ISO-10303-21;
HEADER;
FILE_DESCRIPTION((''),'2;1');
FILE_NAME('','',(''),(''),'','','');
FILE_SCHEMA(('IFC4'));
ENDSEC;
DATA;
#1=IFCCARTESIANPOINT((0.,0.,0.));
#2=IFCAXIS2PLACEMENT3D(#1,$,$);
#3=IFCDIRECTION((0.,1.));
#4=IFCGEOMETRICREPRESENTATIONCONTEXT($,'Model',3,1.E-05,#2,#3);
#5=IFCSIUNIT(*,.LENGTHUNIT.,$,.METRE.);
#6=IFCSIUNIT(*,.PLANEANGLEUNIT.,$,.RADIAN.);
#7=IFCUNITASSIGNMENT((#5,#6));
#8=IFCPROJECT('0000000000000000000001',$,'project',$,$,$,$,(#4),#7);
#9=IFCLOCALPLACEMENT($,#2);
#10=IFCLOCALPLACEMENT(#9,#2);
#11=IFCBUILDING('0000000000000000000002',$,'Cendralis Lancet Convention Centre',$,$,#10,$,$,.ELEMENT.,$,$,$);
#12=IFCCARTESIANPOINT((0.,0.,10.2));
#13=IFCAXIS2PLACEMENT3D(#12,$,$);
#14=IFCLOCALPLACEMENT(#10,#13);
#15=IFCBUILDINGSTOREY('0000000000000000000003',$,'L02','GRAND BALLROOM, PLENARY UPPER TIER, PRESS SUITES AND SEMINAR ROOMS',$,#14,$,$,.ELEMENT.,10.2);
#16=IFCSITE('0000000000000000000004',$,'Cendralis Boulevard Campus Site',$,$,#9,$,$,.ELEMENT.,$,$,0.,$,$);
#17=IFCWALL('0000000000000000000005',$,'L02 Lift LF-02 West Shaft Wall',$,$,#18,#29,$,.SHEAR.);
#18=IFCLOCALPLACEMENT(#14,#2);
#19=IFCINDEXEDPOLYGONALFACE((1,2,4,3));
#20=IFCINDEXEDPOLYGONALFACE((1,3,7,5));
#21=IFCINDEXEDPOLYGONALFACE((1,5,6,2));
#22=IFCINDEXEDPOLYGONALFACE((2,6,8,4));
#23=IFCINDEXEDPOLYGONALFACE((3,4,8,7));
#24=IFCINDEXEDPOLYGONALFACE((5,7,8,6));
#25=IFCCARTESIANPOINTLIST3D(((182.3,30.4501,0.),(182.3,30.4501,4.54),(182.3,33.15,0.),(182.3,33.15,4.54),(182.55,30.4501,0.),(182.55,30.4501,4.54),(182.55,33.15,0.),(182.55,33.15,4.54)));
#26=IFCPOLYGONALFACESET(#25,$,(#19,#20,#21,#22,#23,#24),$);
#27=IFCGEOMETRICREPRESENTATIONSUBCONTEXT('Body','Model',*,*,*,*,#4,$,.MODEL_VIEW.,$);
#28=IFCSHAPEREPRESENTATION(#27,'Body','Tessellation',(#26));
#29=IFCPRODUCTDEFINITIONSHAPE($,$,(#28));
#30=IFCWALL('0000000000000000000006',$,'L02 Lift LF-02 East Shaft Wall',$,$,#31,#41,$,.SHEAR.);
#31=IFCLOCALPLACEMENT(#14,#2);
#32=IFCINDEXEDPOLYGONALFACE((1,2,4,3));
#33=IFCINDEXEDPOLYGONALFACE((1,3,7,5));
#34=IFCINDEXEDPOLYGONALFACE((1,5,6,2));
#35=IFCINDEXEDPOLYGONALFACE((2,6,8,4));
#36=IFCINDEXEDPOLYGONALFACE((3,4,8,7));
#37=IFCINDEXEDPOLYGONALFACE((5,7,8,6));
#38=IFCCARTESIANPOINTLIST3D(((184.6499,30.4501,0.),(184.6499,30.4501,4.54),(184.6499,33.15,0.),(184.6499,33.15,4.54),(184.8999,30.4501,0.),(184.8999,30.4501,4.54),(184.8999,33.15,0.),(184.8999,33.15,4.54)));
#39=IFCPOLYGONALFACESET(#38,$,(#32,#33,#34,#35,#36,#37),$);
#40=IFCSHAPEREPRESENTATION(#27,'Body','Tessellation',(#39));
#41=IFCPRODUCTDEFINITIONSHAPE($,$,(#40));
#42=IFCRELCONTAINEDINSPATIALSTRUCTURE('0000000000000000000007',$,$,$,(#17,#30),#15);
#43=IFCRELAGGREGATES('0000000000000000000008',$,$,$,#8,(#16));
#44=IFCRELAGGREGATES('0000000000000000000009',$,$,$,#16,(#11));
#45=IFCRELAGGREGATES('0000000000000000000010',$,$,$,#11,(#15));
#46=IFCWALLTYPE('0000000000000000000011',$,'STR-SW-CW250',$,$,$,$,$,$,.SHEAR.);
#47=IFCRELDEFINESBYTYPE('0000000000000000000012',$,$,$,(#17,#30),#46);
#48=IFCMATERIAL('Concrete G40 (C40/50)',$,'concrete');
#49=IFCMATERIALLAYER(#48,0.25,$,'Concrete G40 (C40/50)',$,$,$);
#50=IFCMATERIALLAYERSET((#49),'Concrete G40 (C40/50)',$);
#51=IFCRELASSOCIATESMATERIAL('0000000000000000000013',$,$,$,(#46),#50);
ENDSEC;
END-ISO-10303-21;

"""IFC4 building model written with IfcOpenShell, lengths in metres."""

from ifc_helpers import new_model, si_unit, direction, frame, frame_2d, origin, place, context, subcontext, project, spatial, rectangle, extrude, material, layer, layer_set, type_object, element, save


model = new_model("IFC4")

# Units and contexts
model_context = context("Model", 3, precision=1e-05, world=origin(), true_north=direction((0.0, 1.0)))
body_context = subcontext(model_context, "Body", "Model", "MODEL_VIEW")
ifc_project = project(units=[si_unit("LENGTHUNIT", "METRE"), si_unit("PLANEANGLEUNIT", "RADIAN")], contexts=[model_context])

# Site, building, storey
site_placement = place(None, origin())
site = spatial("IfcSite", under=ifc_project, at=site_placement, Name="Cendralis Boulevard Campus Site", CompositionType="ELEMENT", RefElevation=0.0)
building_placement = place(site_placement, origin())
building = spatial("IfcBuilding", under=site, at=building_placement, Name="Cendralis Lancet Convention Centre", CompositionType="ELEMENT")
storey_placement = place(building_placement, frame((0.0, 0.0, 10.2)))
storey = spatial("IfcBuildingStorey", under=building, at=storey_placement, Name="L02", Description="GRAND BALLROOM, PLENARY UPPER TIER, PRESS SUITES AND SEMINAR ROOMS", CompositionType="ELEMENT", Elevation=10.2)

# Shared definitions
ifc_material_1 = material(Name="Concrete G40 (C40/50)", Category="concrete")

# Shared definitions
ifc_layer_1 = layer(ifc_material_1, 0.25, Name="Concrete G40 (C40/50)")
ifc_layer_set_1 = layer_set([ifc_layer_1], Name="Concrete G40 (C40/50)")
wall_type_1 = type_object("IfcWallType", Name="STR-SW-CW250", PredefinedType="SHEAR", material=ifc_layer_set_1)

# Walls
for number, where, z_axis, x_axis, name in (
    (1, (182.425, 30.45, 0.0), (0.0, 0.0, 1.0), (0.0, 1.0, 0.0), "L02 Lift LF-02 West Shaft Wall"),
    (2, (184.7749, 30.45, 0.0), (0.0, 0.0, 1.0), (0.0, 1.0, 0.0), "L02 Lift LF-02 East Shaft Wall"),
):
    element("IfcWall", number, at=place(storey_placement, frame(where, z_axis=z_axis, x_axis=x_axis)), inside=storey, type_object=wall_type_1, Name=name, PredefinedType="SHEAR", context=body_context, shape_type="SweptSolid", body=[
        extrude(rectangle(XDim=2.7, YDim=0.25, at=frame_2d((1.3501, 0.0))), origin(), (0.0, 0.0, 1.0), 4.54),
    ])

save(model, "model.ifc")
